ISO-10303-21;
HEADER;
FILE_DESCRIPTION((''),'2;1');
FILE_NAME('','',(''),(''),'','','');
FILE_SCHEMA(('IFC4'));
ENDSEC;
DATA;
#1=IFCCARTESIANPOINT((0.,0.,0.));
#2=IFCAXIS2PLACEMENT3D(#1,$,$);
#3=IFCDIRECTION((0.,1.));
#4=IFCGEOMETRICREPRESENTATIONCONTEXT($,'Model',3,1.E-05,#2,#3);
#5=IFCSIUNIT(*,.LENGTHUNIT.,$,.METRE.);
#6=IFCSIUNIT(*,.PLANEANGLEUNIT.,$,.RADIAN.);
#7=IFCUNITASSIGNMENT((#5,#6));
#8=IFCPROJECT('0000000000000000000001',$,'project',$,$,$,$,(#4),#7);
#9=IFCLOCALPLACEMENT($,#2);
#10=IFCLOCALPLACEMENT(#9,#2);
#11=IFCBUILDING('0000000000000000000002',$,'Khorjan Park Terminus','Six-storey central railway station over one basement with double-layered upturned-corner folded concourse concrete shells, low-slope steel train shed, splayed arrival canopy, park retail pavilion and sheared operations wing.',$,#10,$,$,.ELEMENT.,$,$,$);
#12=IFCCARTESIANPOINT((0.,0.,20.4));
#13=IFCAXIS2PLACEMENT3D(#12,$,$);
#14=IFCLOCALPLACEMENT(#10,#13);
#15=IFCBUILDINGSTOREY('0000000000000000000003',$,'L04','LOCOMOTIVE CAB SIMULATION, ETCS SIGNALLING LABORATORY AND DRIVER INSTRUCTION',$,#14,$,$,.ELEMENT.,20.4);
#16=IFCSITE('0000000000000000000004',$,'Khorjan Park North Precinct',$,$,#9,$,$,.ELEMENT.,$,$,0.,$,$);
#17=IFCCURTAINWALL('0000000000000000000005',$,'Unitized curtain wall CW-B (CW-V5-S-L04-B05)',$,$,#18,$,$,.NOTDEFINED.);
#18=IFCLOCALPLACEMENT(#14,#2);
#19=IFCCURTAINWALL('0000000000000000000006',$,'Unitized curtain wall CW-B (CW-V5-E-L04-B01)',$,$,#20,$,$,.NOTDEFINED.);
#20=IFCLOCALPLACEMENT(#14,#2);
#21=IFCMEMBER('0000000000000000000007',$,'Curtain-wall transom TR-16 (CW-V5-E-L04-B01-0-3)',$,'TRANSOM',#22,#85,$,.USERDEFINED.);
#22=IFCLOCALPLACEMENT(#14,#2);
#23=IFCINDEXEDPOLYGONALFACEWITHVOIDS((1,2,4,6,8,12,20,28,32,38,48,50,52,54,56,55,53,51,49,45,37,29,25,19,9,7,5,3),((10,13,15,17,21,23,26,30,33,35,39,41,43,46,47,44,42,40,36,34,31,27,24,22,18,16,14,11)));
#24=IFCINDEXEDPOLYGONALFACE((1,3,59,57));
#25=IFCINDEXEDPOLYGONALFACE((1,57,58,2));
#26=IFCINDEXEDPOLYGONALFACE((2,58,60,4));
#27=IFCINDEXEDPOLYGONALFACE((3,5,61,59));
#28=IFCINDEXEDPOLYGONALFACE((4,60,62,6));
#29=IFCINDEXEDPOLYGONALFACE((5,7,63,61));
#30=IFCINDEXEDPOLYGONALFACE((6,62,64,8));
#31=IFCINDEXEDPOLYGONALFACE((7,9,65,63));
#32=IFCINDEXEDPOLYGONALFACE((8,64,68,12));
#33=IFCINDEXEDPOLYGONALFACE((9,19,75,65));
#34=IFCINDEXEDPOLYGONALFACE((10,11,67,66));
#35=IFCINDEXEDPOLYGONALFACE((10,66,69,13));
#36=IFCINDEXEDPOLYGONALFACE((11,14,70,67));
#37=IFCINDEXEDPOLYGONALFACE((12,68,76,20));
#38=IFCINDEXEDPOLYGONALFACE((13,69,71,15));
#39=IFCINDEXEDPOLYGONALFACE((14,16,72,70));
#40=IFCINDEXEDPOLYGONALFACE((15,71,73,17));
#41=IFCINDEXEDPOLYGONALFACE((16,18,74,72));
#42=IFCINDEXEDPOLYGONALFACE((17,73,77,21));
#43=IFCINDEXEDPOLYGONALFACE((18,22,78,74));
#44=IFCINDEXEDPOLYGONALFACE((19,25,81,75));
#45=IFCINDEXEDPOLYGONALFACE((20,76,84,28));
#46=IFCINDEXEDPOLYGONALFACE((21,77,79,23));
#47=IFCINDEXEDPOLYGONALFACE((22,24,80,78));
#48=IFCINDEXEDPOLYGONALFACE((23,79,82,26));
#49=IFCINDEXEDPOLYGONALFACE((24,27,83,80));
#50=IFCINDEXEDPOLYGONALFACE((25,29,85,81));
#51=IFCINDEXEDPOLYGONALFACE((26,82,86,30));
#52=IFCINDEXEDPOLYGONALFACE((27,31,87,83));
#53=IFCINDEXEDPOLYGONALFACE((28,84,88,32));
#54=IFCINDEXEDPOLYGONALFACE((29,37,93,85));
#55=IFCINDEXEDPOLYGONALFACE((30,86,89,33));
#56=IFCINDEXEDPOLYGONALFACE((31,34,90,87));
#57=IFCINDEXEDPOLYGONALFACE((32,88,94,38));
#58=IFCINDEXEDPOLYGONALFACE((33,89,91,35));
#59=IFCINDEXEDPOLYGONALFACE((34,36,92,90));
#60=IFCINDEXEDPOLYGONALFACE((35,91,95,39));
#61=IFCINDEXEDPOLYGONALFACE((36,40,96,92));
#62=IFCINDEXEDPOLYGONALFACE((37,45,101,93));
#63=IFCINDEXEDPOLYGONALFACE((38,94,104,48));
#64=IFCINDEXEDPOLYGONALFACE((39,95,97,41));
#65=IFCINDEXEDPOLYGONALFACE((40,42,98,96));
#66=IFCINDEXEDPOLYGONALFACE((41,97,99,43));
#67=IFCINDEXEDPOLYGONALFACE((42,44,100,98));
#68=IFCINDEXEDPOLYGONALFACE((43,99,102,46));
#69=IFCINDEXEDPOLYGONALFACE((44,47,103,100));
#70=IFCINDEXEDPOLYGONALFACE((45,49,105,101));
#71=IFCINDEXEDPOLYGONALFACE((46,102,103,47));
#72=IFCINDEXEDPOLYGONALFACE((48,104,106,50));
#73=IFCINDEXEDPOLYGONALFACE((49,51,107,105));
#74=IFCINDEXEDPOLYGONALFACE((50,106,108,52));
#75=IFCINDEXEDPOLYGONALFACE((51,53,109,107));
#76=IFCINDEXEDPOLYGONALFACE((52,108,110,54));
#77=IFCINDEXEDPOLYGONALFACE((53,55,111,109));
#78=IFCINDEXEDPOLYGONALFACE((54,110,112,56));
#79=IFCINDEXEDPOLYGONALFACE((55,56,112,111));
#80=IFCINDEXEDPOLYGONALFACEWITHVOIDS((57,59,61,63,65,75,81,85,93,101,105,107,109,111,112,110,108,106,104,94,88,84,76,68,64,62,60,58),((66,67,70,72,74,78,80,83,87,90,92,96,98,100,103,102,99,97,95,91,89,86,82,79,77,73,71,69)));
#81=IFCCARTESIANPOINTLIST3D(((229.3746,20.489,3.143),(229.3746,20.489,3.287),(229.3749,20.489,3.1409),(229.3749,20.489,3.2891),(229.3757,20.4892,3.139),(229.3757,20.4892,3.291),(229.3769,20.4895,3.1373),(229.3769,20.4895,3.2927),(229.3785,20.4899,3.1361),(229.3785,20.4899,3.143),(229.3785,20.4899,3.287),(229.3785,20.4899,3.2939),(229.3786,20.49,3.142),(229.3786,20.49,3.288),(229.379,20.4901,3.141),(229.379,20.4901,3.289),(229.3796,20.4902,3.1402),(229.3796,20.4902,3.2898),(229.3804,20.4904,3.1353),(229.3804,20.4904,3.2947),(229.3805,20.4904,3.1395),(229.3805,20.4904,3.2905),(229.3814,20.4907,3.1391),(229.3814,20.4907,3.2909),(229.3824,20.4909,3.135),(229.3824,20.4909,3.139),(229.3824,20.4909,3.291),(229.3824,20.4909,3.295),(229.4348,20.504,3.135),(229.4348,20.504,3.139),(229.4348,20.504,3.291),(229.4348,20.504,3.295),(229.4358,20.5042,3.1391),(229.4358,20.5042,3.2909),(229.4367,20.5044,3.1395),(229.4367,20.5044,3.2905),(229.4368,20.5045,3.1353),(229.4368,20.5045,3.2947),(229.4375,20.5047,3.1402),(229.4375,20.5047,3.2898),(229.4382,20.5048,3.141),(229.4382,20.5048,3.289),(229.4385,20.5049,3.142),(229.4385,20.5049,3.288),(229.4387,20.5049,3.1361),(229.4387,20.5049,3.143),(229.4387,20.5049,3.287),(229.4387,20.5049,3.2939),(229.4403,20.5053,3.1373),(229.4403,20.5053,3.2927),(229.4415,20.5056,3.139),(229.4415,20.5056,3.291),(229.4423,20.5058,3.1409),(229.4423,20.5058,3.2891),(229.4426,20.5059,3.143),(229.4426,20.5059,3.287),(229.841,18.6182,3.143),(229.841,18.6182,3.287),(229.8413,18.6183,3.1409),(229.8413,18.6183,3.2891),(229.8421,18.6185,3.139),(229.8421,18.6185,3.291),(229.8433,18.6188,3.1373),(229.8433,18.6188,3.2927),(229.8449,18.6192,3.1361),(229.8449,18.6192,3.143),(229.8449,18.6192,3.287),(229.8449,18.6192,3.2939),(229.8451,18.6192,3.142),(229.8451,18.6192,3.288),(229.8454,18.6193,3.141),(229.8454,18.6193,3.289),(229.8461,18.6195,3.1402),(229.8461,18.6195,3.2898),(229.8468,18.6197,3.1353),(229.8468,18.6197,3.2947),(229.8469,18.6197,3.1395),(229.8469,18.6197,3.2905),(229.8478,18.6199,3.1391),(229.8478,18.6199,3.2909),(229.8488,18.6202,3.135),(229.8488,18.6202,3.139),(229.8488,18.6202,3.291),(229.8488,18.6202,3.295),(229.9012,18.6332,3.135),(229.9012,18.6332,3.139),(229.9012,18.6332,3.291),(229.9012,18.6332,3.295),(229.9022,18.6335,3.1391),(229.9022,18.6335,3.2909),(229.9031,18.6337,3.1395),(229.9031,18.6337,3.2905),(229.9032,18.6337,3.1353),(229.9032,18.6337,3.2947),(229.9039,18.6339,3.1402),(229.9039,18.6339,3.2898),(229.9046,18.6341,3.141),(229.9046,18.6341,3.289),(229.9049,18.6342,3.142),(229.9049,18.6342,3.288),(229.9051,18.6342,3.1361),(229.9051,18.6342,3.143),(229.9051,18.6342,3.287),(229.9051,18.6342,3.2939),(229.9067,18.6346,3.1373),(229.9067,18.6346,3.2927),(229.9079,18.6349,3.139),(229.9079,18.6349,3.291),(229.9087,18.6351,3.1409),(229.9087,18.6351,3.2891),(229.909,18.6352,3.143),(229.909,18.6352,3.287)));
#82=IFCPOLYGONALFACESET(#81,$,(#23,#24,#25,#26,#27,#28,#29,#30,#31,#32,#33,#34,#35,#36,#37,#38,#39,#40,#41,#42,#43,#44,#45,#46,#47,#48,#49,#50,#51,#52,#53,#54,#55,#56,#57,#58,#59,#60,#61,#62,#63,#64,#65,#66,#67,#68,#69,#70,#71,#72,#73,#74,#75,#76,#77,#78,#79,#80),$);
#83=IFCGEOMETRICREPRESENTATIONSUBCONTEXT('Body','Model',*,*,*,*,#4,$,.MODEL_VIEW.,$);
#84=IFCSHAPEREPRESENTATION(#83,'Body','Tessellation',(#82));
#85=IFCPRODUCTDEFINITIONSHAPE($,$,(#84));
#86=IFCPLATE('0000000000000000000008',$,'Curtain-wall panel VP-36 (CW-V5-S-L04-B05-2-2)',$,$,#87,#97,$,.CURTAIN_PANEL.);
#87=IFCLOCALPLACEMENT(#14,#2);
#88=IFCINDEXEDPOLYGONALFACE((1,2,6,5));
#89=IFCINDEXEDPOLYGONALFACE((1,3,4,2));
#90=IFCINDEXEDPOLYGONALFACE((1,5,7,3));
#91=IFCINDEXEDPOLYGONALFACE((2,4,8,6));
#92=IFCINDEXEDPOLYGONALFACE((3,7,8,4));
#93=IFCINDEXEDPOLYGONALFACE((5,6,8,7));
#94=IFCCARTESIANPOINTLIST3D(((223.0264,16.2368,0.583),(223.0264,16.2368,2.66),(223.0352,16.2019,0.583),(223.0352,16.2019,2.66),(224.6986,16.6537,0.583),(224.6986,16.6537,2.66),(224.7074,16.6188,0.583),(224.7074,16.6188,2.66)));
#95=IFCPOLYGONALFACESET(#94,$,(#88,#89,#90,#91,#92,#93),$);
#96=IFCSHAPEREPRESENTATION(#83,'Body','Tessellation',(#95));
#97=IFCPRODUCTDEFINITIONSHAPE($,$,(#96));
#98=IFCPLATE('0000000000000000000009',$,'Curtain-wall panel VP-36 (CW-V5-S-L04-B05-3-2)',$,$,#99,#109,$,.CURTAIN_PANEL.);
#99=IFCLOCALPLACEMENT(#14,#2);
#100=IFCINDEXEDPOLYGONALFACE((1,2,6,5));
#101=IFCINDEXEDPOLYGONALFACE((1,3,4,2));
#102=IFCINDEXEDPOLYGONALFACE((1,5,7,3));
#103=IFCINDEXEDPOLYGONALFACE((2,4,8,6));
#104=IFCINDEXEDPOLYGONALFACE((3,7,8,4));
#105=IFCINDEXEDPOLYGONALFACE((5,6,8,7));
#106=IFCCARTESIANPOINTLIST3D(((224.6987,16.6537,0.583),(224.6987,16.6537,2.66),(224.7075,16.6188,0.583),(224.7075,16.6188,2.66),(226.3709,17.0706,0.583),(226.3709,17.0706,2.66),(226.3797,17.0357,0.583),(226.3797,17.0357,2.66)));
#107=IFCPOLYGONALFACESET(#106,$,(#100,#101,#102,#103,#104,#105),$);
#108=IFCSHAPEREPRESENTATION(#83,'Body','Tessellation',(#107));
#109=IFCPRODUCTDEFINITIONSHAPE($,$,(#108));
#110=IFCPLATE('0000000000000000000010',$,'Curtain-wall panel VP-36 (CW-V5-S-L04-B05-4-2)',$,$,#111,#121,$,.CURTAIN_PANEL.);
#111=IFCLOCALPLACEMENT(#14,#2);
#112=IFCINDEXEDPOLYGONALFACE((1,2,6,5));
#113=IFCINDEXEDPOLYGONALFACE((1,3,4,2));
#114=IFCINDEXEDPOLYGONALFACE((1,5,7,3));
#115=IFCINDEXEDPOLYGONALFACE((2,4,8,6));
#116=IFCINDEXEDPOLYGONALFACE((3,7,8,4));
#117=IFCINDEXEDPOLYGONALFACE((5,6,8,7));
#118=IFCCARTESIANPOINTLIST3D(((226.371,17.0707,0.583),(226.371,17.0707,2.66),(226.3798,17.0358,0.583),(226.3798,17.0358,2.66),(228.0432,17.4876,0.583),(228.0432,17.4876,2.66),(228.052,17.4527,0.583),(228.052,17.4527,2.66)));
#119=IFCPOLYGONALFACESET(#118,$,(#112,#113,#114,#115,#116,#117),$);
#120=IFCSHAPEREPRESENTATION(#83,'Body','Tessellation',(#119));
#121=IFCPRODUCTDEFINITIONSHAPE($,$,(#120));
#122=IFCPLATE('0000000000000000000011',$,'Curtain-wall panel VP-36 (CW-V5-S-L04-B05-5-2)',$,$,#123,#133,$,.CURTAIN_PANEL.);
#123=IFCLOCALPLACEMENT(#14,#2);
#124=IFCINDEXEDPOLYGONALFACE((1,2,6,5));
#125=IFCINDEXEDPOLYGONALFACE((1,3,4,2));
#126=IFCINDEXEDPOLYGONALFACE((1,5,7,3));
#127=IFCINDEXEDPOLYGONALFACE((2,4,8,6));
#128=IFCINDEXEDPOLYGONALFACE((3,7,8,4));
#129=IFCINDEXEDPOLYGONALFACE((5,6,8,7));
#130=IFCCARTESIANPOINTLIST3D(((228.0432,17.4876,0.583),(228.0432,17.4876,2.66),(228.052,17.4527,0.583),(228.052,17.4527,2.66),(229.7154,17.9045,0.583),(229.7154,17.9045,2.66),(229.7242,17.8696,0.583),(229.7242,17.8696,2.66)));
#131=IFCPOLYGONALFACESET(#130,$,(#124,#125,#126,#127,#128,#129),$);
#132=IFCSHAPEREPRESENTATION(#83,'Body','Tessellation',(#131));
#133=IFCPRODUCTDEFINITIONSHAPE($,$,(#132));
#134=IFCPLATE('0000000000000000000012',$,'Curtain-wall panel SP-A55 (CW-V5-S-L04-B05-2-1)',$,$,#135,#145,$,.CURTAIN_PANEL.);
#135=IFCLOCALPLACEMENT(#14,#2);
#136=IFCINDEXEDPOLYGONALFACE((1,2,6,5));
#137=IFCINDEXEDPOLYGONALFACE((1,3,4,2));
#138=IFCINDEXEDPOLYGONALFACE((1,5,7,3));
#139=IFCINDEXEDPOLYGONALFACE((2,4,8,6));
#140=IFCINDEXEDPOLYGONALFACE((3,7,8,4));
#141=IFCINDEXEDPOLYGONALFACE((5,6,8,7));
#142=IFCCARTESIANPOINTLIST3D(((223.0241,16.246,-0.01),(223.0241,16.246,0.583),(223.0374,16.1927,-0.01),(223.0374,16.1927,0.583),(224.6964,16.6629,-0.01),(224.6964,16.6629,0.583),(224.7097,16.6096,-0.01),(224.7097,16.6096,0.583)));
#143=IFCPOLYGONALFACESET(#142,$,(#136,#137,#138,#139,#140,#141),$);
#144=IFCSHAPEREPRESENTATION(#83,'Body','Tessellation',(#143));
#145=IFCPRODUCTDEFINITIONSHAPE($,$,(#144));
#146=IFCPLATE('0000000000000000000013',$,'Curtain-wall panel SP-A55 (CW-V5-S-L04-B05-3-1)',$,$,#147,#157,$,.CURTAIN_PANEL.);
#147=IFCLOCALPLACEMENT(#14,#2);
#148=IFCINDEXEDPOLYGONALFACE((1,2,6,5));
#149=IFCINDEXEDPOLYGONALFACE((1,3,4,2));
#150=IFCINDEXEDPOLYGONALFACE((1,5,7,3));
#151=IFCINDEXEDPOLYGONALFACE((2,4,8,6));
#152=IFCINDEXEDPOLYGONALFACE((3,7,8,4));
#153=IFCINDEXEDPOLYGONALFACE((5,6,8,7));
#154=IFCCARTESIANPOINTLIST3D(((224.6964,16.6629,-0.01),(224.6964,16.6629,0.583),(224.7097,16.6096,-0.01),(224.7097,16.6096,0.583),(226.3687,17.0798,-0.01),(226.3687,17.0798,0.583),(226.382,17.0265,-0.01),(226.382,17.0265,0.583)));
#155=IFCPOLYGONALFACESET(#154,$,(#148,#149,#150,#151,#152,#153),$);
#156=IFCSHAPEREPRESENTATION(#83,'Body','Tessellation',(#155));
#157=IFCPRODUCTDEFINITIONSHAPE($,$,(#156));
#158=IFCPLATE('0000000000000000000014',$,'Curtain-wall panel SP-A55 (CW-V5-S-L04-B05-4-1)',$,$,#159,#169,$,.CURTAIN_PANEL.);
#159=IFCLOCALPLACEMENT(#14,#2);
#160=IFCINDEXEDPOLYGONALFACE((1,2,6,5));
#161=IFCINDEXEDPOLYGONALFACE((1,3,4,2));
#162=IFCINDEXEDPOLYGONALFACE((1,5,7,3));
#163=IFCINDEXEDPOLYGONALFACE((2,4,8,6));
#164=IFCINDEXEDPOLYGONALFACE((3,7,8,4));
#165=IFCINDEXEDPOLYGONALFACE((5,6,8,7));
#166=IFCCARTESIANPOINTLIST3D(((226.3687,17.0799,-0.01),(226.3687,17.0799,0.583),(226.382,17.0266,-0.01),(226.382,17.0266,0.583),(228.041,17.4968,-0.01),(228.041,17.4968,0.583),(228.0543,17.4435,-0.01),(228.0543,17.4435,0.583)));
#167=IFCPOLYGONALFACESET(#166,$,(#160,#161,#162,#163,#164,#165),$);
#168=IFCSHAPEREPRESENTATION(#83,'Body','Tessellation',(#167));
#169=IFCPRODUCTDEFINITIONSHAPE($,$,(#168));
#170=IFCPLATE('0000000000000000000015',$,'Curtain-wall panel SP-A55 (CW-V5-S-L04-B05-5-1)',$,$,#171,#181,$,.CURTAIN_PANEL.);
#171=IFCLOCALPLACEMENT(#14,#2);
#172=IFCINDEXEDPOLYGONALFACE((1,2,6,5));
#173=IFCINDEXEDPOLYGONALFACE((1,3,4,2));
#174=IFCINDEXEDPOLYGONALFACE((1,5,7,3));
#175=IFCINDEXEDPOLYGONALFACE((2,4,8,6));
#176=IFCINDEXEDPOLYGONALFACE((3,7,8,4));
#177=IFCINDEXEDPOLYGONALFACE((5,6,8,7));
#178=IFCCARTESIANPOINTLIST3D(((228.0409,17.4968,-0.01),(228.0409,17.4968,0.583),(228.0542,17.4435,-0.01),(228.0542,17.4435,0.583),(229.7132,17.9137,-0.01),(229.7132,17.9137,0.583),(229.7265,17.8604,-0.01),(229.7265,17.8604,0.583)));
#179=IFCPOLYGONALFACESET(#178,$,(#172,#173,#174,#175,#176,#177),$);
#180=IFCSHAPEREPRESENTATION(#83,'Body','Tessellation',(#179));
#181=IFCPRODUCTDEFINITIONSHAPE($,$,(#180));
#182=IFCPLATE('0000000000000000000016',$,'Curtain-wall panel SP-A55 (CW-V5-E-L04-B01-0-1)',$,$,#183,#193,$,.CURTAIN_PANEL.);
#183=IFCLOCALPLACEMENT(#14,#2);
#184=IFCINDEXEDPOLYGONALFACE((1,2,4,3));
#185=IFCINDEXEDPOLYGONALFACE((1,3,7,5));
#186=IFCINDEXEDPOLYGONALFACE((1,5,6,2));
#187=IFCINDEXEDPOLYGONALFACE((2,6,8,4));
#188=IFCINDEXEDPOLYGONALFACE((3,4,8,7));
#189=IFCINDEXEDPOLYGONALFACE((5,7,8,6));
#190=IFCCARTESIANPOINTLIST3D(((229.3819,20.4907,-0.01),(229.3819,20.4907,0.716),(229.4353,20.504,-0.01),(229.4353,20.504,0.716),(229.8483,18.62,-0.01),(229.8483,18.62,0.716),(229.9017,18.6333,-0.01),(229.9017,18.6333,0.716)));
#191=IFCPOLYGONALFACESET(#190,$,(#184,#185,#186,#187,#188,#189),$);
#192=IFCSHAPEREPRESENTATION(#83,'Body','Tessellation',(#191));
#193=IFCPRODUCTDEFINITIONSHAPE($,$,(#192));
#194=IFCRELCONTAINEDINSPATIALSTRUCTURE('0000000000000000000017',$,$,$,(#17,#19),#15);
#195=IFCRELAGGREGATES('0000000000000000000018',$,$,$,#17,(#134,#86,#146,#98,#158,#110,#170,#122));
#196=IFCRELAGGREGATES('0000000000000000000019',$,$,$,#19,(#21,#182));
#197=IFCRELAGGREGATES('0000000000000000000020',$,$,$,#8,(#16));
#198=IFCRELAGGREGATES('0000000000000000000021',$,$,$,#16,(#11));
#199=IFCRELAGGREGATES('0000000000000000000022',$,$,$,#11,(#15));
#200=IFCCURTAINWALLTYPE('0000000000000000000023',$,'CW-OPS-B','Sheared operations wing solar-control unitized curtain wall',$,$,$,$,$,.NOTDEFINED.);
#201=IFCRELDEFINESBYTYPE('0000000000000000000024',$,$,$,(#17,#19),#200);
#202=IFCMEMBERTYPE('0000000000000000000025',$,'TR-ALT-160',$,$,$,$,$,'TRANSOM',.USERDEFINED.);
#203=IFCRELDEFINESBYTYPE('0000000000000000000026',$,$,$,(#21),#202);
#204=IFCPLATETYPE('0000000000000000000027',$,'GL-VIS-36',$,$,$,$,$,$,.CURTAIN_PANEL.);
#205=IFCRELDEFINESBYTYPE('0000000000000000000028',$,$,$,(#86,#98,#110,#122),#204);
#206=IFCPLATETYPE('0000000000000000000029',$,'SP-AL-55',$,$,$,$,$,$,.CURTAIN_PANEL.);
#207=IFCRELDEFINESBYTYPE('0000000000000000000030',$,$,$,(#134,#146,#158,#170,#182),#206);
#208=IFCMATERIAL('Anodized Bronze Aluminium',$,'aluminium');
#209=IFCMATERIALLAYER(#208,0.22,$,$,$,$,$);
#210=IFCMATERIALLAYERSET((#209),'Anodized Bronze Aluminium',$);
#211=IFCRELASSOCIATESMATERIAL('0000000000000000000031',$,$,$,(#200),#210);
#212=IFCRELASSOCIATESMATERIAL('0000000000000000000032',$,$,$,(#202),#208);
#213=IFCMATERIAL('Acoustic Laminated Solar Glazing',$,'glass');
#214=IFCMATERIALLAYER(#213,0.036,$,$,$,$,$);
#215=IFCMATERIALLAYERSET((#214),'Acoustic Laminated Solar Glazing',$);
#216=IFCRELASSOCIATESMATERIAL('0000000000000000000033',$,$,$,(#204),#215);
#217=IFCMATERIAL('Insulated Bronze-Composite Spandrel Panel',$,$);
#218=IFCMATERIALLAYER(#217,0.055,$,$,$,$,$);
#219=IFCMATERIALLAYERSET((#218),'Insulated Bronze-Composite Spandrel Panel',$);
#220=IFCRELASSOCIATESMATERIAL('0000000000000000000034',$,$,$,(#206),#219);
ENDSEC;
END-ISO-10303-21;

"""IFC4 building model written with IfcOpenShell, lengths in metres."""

from ifc_helpers import new_model, si_unit, direction, frame, origin, origin_2d, place, context, subcontext, project, spatial, rectangle, hollow_rectangle, extrude, material, layer, layer_set, material_profile, profile_set, type_object, element, aggregate, save


model = new_model("IFC4")

# Units and contexts
model_context = context("Model", 3, precision=1e-05, world=origin(), true_north=direction((0.0, 1.0)))
body_context = subcontext(model_context, "Body", "Model", "MODEL_VIEW")
ifc_project = project(units=[si_unit("LENGTHUNIT", "METRE"), si_unit("PLANEANGLEUNIT", "RADIAN")], contexts=[model_context])

# Site, building, storey
site_placement = place(None, origin())
site = spatial("IfcSite", under=ifc_project, at=site_placement, Name="Khorjan Park North Precinct", CompositionType="ELEMENT", RefElevation=0.0)
building_placement = place(site_placement, origin())
building = spatial("IfcBuilding", under=site, at=building_placement, Name="Khorjan Park Terminus", Description="Six-storey central railway station over one basement with double-layered upturned-corner folded concourse concrete shells, low-slope steel train shed, splayed arrival canopy, park retail pavilion and sheared operations wing.", CompositionType="ELEMENT")
storey_placement = place(building_placement, frame((0.0, 0.0, 20.4)))
storey = spatial("IfcBuildingStorey", under=building, at=storey_placement, Name="L04", Description="LOCOMOTIVE CAB SIMULATION, ETCS SIGNALLING LABORATORY AND DRIVER INSTRUCTION", CompositionType="ELEMENT", Elevation=20.4)

# Curtain wall
ifc_material_1 = material(Name="Anodized Bronze Aluminium", Category="aluminium")
ifc_layer_1 = layer(ifc_material_1, 0.22)
ifc_layer_set_1 = layer_set([ifc_layer_1], Name="Anodized Bronze Aluminium")
curtain_wall_type = type_object("IfcCurtainWallType", Name="CW-OPS-B", Description="Sheared operations wing solar-control unitized curtain wall", PredefinedType="NOTDEFINED", material=ifc_layer_set_1)
curtain_wall_1_placement = place(storey_placement, origin())
curtain_wall_1 = element("IfcCurtainWall", 1, at=curtain_wall_1_placement, inside=storey, type_object=curtain_wall_type, Name="Unitized curtain wall CW-B (CW-V5-S-L04-B05)", PredefinedType="NOTDEFINED")

# Curtain wall
curtain_wall_2_placement = place(storey_placement, origin())
curtain_wall_2 = element("IfcCurtainWall", 2, at=curtain_wall_2_placement, inside=storey, type_object=curtain_wall_type, Name="Unitized curtain wall CW-B (CW-V5-E-L04-B01)", PredefinedType="NOTDEFINED")

# Member
ifc_material_profile_1 = material_profile(ifc_material_1, hollow_rectangle(XDim=0.07, YDim=0.16, WallThickness=0.004, InnerFilletRadius=0.004, OuterFilletRadius=0.008, at=origin_2d()), Name="ALT 70x160x4")
ifc_profile_set_1 = profile_set([ifc_material_profile_1], Name="Anodized Bronze Aluminium")
member_type_1 = type_object("IfcMemberType", Name="TR-ALT-160", ElementType="TRANSOM", PredefinedType="USERDEFINED", material=ifc_profile_set_1)
member_1_placement = place(storey_placement, frame((229.875, 18.6267, 3.215), z_axis=(-0.241913, 0.970298, 0.0), x_axis=(-0.970298, -0.241913, 0.0)))
member_1 = element("IfcMember", 3, at=member_1_placement, type_object=member_type_1, Name="Curtain-wall transom TR-16 (CW-V5-E-L04-B01-0-3)", ObjectType="TRANSOM", PredefinedType="USERDEFINED", context=body_context, shape_type="SweptSolid", body=[
    extrude(hollow_rectangle(XDim=0.07, YDim=0.16, WallThickness=0.004, InnerFilletRadius=0.004, OuterFilletRadius=0.008, at=origin_2d()), origin(), (0.0, 0.0, 1.0), 1.928),
])

# Plates
ifc_material_2 = material(Name="Acoustic Laminated Solar Glazing", Category="glass")
ifc_layer_2 = layer(ifc_material_2, 0.036)
ifc_layer_set_2 = layer_set([ifc_layer_2], Name="Acoustic Laminated Solar Glazing")
plate_type_1 = type_object("IfcPlateType", Name="GL-VIS-36", PredefinedType="CURTAIN_PANEL", material=ifc_layer_set_2)
plate_1_placement = place(storey_placement, frame((223.8669, 16.4278, 0.583), z_axis=(0.0, 0.0, 1.0), x_axis=(0.970296, 0.241919, 0.0)))
plate_1 = element("IfcPlate", 4, at=plate_1_placement, type_object=plate_type_1, Name="Curtain-wall panel VP-36 (CW-V5-S-L04-B05-2-2)", PredefinedType="CURTAIN_PANEL", context=body_context, shape_type="SweptSolid", body=[
    extrude(rectangle(XDim=1.7234, YDim=0.036, at=origin_2d()), origin(), (0.0, 0.0, 1.0), 2.077),
])
plate_2_placement = place(storey_placement, frame((225.5392, 16.8447, 0.583), z_axis=(0.0, 0.0, 1.0), x_axis=(0.970296, 0.241919, 0.0)))
plate_2 = element("IfcPlate", 5, at=plate_2_placement, type_object=plate_type_1, Name="Curtain-wall panel VP-36 (CW-V5-S-L04-B05-3-2)", PredefinedType="CURTAIN_PANEL", context=body_context, shape_type="SweptSolid", body=[
    extrude(rectangle(XDim=1.7234, YDim=0.036, at=origin_2d()), origin(), (0.0, 0.0, 1.0), 2.077),
])
plate_3_placement = place(storey_placement, frame((227.2115, 17.2617, 0.583), z_axis=(0.0, 0.0, 1.0), x_axis=(0.970296, 0.241919, 0.0)))
plate_3 = element("IfcPlate", 6, at=plate_3_placement, type_object=plate_type_1, Name="Curtain-wall panel VP-36 (CW-V5-S-L04-B05-4-2)", PredefinedType="CURTAIN_PANEL", context=body_context, shape_type="SweptSolid", body=[
    extrude(rectangle(XDim=1.7234, YDim=0.036, at=origin_2d()), origin(), (0.0, 0.0, 1.0), 2.077),
])
plate_4_placement = place(storey_placement, frame((228.8837, 17.6786, 0.583), z_axis=(0.0, 0.0, 1.0), x_axis=(0.970296, 0.241919, 0.0)))
plate_4 = element("IfcPlate", 7, at=plate_4_placement, type_object=plate_type_1, Name="Curtain-wall panel VP-36 (CW-V5-S-L04-B05-5-2)", PredefinedType="CURTAIN_PANEL", context=body_context, shape_type="SweptSolid", body=[
    extrude(rectangle(XDim=1.7234, YDim=0.036, at=origin_2d()), origin(), (0.0, 0.0, 1.0), 2.077),
])
ifc_material_3 = material(Name="Insulated Bronze-Composite Spandrel Panel")
ifc_layer_3 = layer(ifc_material_3, 0.055)
ifc_layer_set_3 = layer_set([ifc_layer_3], Name="Insulated Bronze-Composite Spandrel Panel")
plate_type_2 = type_object("IfcPlateType", Name="SP-AL-55", PredefinedType="CURTAIN_PANEL", material=ifc_layer_set_3)
plate_5_placement = place(storey_placement, frame((223.8669, 16.4278, -0.01), z_axis=(0.0, 0.0, 1.0), x_axis=(0.970296, 0.241919, 0.0)))
plate_5 = element("IfcPlate", 8, at=plate_5_placement, type_object=plate_type_2, Name="Curtain-wall panel SP-A55 (CW-V5-S-L04-B05-2-1)", PredefinedType="CURTAIN_PANEL", context=body_context, shape_type="SweptSolid", body=[
    extrude(rectangle(XDim=1.7234, YDim=0.055, at=origin_2d()), origin(), (0.0, 0.0, 1.0), 0.593),
])
plate_6_placement = place(storey_placement, frame((225.5392, 16.8447, -0.01), z_axis=(0.0, 0.0, 1.0), x_axis=(0.970296, 0.241919, 0.0)))
plate_6 = element("IfcPlate", 9, at=plate_6_placement, type_object=plate_type_2, Name="Curtain-wall panel SP-A55 (CW-V5-S-L04-B05-3-1)", PredefinedType="CURTAIN_PANEL", context=body_context, shape_type="SweptSolid", body=[
    extrude(rectangle(XDim=1.7234, YDim=0.055, at=origin_2d()), origin(), (0.0, 0.0, 1.0), 0.593),
])
plate_7_placement = place(storey_placement, frame((227.2115, 17.2617, -0.01), z_axis=(0.0, 0.0, 1.0), x_axis=(0.970296, 0.241919, 0.0)))
plate_7 = element("IfcPlate", 10, at=plate_7_placement, type_object=plate_type_2, Name="Curtain-wall panel SP-A55 (CW-V5-S-L04-B05-4-1)", PredefinedType="CURTAIN_PANEL", context=body_context, shape_type="SweptSolid", body=[
    extrude(rectangle(XDim=1.7234, YDim=0.055, at=origin_2d()), origin(), (0.0, 0.0, 1.0), 0.593),
])
plate_8_placement = place(storey_placement, frame((228.8837, 17.6786, -0.01), z_axis=(0.0, 0.0, 1.0), x_axis=(0.970296, 0.241919, 0.0)))
plate_8 = element("IfcPlate", 11, at=plate_8_placement, type_object=plate_type_2, Name="Curtain-wall panel SP-A55 (CW-V5-S-L04-B05-5-1)", PredefinedType="CURTAIN_PANEL", context=body_context, shape_type="SweptSolid", body=[
    extrude(rectangle(XDim=1.7234, YDim=0.055, at=origin_2d()), origin(), (0.0, 0.0, 1.0), 0.593),
])
aggregate(curtain_wall_1, [plate_5, plate_1, plate_6, plate_2, plate_7, plate_3, plate_8, plate_4])
plate_9_placement = place(storey_placement, frame((229.6418, 19.562, -0.01), z_axis=(0.0, 0.0, 1.0), x_axis=(-0.24192, 0.970296, 0.0)))
plate_9 = element("IfcPlate", 12, at=plate_9_placement, type_object=plate_type_2, Name="Curtain-wall panel SP-A55 (CW-V5-E-L04-B01-0-1)", PredefinedType="CURTAIN_PANEL", context=body_context, shape_type="SweptSolid", body=[
    extrude(rectangle(XDim=1.928, YDim=0.055, at=origin_2d()), origin(), (0.0, 0.0, 1.0), 0.726),
])
aggregate(curtain_wall_2, [member_1, plate_9])

save(model, "model.ifc")
